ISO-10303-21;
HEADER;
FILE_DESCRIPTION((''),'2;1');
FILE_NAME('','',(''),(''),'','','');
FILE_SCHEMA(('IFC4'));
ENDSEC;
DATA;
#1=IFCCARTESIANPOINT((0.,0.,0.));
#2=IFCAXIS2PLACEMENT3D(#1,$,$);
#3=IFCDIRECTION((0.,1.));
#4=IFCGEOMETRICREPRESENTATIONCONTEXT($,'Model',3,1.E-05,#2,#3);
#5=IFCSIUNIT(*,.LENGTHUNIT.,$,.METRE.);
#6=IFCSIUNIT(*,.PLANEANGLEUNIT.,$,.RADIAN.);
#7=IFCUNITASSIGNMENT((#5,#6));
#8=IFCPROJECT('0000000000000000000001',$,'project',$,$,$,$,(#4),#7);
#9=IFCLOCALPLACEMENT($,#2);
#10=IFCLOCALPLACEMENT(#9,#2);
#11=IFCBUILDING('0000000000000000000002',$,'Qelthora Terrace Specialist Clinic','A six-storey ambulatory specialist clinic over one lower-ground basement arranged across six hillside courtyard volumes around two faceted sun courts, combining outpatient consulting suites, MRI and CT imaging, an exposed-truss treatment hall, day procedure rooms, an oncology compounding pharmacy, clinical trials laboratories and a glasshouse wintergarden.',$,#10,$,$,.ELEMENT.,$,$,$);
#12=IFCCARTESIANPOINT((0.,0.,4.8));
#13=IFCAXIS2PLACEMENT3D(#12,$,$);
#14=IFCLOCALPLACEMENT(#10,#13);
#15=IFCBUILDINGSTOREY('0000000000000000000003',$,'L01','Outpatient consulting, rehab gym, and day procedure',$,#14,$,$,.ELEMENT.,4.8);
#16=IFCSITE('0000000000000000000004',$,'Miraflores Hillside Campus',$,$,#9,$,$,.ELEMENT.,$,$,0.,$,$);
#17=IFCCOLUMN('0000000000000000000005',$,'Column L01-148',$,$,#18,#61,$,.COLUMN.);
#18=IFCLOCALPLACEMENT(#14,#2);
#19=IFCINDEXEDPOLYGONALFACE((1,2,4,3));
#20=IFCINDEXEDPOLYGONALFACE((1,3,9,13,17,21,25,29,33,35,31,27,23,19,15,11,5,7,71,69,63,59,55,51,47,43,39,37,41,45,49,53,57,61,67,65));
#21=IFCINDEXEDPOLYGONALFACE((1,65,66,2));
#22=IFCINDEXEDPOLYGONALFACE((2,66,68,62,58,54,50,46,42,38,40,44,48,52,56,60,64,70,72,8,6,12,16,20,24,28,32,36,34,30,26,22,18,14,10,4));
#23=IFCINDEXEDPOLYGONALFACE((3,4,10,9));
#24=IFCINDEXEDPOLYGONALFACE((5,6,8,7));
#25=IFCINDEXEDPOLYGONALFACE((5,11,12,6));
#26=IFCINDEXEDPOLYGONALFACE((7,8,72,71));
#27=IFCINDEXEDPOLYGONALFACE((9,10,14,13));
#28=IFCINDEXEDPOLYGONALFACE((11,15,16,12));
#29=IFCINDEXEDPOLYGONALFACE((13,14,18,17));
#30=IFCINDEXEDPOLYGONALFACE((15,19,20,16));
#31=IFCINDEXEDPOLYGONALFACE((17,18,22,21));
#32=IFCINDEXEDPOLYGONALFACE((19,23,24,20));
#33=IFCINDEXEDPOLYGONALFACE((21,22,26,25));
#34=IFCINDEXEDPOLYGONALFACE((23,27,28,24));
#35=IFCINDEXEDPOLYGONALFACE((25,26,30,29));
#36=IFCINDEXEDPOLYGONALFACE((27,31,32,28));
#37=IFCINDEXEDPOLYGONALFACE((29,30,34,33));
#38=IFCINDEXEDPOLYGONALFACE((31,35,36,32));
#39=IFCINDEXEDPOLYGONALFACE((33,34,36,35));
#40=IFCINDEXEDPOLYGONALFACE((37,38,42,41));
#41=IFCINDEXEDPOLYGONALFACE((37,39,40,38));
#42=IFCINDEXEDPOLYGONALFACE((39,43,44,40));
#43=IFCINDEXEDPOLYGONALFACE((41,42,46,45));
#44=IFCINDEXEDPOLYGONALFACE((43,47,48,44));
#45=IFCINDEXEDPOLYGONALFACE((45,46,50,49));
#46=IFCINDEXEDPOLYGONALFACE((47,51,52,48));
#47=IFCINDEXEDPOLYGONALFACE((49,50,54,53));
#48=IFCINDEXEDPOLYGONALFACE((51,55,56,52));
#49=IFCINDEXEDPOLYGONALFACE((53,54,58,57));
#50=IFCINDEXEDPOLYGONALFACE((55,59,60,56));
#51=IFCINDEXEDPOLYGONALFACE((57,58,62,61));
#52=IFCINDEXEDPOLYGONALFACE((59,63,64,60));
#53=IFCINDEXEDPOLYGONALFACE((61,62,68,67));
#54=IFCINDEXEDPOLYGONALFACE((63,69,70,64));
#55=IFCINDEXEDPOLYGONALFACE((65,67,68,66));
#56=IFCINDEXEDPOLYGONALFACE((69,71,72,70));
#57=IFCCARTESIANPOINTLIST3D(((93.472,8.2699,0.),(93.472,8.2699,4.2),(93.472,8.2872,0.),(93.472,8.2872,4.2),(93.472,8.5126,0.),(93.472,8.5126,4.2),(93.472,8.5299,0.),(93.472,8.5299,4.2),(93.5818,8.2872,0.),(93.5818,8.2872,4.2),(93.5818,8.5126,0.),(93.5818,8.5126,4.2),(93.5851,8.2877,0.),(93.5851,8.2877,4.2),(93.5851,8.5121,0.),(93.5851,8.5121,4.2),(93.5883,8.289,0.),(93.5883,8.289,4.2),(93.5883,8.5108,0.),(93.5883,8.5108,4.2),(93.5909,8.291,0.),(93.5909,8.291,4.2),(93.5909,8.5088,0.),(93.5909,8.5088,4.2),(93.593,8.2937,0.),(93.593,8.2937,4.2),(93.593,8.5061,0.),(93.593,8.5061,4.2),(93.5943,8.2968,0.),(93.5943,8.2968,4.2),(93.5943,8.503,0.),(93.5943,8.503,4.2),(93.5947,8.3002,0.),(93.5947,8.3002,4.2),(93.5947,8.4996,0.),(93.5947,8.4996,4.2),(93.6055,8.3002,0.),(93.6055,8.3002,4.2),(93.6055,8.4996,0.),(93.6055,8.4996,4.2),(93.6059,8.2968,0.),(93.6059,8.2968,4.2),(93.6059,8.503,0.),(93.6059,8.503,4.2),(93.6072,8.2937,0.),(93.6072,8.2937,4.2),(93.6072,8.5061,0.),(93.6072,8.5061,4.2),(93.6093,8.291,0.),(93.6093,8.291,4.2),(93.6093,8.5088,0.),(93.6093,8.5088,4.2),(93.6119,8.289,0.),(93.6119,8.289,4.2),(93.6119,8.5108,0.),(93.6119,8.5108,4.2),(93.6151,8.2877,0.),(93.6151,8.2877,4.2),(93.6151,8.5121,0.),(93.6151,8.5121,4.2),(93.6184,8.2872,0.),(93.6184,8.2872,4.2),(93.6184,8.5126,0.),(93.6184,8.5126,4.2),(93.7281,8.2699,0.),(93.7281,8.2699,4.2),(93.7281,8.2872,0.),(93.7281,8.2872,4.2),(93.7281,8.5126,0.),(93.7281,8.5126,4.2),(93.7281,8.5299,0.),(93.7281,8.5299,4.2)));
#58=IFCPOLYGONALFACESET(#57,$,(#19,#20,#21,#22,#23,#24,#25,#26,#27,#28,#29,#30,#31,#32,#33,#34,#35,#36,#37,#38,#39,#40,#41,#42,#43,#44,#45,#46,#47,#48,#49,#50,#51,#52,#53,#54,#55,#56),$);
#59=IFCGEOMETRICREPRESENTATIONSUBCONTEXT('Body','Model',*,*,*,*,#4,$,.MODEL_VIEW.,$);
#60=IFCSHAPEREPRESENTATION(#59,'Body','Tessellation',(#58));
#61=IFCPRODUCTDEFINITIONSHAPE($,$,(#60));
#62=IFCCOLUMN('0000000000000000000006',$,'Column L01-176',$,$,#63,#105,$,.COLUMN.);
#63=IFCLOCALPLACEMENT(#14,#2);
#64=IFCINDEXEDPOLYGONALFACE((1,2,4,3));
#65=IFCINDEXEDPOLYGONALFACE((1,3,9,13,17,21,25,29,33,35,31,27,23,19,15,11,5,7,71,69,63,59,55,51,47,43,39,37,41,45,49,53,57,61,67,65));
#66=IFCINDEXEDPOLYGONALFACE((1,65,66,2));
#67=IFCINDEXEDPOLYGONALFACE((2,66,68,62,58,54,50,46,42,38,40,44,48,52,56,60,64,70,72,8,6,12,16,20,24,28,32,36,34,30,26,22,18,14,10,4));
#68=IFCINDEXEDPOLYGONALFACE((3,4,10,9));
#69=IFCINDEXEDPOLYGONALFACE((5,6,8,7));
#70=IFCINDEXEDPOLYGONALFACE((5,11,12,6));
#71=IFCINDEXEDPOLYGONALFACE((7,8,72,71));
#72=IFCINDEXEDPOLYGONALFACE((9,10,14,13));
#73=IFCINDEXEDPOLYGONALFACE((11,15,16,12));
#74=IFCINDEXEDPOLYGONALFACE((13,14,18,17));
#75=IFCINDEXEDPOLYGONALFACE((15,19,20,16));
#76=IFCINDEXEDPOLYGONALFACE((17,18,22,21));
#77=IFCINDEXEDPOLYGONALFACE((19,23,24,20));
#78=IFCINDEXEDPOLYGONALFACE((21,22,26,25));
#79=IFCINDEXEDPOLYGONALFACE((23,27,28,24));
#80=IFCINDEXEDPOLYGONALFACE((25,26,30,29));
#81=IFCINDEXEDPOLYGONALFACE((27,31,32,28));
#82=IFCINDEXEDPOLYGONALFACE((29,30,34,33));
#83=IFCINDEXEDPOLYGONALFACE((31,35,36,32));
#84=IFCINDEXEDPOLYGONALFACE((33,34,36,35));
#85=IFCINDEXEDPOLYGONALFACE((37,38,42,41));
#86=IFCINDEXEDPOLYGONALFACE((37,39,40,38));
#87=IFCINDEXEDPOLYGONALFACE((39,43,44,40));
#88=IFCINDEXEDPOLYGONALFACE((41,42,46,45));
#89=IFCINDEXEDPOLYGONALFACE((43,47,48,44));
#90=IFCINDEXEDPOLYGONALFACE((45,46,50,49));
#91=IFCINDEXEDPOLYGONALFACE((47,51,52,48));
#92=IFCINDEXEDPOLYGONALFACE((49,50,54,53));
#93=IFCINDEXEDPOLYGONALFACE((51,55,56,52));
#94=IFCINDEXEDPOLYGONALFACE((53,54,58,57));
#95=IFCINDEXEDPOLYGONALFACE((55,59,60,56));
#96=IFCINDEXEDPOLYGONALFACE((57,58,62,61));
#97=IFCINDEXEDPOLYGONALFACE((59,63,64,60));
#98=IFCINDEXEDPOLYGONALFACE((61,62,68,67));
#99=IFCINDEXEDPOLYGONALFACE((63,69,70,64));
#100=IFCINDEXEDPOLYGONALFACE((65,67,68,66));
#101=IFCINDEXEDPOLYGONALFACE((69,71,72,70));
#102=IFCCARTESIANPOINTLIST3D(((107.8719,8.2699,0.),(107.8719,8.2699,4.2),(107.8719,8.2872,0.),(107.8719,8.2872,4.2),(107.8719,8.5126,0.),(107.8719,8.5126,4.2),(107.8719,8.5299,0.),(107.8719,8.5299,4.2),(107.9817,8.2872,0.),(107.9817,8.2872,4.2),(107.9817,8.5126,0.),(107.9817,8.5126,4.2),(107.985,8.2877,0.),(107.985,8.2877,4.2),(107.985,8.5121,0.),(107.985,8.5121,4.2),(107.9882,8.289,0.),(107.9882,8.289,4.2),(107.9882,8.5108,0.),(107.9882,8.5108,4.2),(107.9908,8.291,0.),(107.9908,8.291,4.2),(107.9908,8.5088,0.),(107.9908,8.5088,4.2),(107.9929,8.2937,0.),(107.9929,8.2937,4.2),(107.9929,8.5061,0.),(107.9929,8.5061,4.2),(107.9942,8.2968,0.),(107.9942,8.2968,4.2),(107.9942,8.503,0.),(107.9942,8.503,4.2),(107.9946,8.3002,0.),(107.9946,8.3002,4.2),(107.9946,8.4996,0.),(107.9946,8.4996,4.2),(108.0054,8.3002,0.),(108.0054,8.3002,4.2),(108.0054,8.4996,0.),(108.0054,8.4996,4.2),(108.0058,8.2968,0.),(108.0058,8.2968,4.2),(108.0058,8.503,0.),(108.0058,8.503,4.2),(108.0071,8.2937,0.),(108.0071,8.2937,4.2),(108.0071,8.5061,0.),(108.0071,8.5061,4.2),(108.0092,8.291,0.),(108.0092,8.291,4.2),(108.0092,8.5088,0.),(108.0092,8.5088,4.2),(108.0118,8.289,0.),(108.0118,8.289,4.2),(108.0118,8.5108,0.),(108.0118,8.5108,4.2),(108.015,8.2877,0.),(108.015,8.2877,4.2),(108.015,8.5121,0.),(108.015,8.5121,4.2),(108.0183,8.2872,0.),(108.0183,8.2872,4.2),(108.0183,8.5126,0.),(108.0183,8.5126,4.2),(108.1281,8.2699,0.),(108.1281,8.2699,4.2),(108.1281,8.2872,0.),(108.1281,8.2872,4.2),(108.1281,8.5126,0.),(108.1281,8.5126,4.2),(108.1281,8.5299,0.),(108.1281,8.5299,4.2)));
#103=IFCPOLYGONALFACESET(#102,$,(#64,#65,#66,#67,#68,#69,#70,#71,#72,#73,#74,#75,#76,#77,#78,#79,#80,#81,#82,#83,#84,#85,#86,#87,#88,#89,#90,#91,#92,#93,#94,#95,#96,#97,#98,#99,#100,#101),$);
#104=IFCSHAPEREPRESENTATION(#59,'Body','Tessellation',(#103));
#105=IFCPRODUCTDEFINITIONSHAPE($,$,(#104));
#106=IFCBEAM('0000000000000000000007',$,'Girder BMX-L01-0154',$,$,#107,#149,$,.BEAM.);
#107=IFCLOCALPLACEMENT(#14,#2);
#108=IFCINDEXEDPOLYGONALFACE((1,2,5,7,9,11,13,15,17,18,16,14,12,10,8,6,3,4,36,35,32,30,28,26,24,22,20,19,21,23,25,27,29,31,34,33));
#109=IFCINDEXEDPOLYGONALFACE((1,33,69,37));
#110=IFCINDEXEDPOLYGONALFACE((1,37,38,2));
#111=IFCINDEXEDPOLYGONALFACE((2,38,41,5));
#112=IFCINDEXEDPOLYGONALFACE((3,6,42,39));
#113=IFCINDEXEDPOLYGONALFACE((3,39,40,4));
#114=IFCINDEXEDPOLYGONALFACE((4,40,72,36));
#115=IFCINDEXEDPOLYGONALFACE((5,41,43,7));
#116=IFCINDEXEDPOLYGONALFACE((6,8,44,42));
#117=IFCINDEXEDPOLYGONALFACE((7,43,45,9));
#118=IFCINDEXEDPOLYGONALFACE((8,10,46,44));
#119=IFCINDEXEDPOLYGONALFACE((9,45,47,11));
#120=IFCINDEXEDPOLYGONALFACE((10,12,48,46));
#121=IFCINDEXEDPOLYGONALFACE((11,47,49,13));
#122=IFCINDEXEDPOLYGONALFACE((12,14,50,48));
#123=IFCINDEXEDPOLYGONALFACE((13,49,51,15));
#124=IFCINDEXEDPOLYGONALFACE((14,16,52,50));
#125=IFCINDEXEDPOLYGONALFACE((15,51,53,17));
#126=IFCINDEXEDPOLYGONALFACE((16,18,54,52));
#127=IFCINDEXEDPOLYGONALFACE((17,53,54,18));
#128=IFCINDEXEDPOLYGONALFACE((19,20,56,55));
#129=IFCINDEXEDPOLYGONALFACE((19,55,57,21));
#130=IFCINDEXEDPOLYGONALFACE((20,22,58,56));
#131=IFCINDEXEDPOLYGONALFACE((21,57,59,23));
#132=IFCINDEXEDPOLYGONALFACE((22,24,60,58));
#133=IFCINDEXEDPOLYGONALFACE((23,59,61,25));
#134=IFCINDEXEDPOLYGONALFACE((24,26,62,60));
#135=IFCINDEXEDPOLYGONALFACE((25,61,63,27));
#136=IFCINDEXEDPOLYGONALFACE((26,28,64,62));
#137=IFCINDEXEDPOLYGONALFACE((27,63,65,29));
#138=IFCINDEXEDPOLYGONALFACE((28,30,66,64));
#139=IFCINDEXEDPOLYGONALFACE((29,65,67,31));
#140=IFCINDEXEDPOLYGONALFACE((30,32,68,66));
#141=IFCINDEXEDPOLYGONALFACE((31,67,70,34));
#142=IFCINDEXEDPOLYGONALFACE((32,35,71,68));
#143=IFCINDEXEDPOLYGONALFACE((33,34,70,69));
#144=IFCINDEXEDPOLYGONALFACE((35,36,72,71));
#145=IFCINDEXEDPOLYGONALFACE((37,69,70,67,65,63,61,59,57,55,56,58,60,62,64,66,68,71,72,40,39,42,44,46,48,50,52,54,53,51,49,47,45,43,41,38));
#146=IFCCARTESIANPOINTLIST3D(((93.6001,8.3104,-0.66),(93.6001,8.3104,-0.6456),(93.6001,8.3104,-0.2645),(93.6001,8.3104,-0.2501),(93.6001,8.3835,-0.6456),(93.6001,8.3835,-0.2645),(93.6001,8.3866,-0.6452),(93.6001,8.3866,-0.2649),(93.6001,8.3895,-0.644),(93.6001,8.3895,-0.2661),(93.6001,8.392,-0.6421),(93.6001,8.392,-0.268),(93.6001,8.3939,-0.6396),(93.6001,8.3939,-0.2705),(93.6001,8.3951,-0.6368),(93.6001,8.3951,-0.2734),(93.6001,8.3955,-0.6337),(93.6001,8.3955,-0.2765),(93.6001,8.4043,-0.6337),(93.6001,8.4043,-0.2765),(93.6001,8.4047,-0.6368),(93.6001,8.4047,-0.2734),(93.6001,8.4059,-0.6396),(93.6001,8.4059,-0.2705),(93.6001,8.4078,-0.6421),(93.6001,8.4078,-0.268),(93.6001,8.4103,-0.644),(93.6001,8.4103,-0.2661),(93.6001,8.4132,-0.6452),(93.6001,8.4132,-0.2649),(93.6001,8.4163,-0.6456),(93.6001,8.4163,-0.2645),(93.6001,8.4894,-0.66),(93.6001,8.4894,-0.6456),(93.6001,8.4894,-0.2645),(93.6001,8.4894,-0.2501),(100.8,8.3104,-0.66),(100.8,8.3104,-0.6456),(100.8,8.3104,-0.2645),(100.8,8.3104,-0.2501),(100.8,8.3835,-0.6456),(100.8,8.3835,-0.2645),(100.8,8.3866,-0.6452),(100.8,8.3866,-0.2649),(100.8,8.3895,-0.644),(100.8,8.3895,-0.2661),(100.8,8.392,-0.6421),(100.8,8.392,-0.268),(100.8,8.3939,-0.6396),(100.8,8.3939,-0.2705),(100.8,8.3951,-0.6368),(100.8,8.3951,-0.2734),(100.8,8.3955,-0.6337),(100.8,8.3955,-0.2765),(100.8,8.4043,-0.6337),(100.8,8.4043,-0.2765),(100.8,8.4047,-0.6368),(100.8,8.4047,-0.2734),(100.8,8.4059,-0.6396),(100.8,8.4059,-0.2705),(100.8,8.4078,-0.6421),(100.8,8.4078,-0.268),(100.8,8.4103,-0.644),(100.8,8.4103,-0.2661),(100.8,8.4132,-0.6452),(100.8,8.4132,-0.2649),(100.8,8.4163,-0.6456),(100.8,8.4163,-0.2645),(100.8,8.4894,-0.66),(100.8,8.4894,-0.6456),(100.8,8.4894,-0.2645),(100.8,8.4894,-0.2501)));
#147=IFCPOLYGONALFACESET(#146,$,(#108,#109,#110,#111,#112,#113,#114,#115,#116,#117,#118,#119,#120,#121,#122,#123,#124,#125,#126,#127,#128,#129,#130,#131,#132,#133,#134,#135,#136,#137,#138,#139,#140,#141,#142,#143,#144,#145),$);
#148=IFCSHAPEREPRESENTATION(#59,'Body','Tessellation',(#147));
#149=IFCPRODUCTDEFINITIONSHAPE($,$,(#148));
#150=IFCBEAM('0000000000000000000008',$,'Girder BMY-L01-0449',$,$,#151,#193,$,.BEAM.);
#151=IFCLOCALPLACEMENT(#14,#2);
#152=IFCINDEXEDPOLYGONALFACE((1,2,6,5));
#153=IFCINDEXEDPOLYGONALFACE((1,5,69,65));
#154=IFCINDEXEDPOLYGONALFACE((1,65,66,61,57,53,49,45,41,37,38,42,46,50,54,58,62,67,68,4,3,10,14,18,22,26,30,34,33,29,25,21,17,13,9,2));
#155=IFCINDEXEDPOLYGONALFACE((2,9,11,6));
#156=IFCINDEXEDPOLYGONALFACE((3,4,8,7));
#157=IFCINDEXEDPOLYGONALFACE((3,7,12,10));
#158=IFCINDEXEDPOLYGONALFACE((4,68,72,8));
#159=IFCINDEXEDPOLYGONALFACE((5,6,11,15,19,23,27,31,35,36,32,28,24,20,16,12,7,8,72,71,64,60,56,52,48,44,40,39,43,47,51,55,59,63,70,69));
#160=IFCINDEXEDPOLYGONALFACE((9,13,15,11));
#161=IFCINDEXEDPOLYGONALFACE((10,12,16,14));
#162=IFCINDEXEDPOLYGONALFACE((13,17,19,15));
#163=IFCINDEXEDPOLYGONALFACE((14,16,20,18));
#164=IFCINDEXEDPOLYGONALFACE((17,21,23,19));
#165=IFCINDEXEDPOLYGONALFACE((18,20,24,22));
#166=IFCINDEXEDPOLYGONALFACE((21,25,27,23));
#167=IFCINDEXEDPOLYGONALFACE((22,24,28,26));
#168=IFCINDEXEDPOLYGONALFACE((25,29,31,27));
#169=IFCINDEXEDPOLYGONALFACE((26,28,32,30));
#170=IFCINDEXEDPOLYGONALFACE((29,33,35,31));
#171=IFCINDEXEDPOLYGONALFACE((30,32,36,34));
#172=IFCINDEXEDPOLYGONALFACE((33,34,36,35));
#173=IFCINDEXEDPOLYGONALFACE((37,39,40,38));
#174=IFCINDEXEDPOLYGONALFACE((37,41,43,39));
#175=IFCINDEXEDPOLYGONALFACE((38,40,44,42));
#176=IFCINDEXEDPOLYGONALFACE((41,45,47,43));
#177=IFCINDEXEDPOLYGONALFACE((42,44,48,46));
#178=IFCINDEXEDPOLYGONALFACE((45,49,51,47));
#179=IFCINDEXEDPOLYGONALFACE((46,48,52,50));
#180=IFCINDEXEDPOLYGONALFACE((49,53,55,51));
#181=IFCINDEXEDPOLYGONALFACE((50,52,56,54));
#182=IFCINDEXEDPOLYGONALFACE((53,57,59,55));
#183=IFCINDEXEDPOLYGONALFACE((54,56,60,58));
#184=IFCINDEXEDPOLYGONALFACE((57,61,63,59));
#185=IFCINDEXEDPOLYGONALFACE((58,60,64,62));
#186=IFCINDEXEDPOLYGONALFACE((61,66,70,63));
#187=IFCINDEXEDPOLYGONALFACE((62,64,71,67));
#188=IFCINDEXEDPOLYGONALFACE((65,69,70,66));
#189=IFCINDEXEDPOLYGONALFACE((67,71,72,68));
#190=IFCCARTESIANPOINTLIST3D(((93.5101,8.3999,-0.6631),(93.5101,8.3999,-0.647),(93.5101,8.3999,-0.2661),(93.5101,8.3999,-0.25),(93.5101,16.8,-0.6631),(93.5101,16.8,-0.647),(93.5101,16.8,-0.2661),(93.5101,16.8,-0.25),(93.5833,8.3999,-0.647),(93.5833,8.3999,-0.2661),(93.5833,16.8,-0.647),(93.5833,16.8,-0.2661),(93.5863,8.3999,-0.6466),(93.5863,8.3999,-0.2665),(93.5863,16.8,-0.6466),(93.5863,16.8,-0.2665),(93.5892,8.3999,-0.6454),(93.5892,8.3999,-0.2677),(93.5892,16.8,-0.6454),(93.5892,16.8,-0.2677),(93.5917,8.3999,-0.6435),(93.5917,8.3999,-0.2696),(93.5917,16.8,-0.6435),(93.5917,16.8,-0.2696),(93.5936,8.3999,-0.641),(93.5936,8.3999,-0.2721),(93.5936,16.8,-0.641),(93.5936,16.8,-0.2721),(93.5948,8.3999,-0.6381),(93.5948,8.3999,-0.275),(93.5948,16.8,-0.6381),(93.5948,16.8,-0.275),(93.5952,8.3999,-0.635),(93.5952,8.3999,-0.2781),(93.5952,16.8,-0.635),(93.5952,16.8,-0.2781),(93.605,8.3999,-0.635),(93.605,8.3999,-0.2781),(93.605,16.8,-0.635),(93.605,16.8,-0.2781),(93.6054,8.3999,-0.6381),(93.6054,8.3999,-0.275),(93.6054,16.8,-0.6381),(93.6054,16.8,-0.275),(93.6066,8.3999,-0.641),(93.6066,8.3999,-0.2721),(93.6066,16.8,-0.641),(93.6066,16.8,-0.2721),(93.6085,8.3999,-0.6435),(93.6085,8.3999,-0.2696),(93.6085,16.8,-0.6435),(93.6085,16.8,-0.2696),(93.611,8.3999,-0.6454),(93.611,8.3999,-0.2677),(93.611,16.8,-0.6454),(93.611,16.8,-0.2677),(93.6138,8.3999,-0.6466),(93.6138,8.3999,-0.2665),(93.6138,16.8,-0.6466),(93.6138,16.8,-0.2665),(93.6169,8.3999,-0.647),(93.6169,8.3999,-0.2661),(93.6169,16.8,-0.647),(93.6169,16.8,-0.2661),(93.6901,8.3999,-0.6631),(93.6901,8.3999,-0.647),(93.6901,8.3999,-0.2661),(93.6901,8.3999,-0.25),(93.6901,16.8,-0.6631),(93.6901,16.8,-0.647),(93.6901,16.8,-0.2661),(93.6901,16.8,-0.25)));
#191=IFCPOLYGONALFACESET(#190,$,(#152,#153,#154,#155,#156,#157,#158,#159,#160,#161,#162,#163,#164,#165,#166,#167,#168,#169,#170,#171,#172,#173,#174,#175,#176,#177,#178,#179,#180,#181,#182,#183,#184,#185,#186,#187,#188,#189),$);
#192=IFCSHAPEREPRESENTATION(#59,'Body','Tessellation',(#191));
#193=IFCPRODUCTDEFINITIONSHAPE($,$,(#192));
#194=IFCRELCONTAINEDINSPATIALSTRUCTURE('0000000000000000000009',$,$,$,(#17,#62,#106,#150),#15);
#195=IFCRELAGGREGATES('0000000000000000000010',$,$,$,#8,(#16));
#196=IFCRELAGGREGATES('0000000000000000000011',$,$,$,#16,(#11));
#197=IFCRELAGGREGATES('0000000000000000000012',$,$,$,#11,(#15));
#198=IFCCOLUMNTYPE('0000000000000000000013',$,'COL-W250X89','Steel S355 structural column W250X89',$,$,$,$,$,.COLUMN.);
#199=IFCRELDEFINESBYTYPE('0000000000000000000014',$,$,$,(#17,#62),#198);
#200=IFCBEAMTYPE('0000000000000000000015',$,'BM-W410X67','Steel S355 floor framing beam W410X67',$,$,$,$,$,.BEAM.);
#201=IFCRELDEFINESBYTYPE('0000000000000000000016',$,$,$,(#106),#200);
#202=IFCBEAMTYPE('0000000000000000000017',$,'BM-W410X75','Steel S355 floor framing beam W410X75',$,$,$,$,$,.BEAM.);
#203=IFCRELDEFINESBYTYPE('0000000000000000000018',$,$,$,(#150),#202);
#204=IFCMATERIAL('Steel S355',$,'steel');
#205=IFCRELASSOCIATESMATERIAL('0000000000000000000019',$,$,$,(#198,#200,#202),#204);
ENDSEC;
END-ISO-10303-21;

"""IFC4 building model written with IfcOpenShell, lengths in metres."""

from ifc_helpers import new_model, si_unit, direction, frame, origin, origin_2d, place, context, subcontext, project, spatial, i_section, extrude, material, material_profile, profile_set, type_object, element, save


model = new_model("IFC4")

# Units and contexts
model_context = context("Model", 3, precision=1e-05, world=origin(), true_north=direction((0.0, 1.0)))
body_context = subcontext(model_context, "Body", "Model", "MODEL_VIEW")
ifc_project = project(units=[si_unit("LENGTHUNIT", "METRE"), si_unit("PLANEANGLEUNIT", "RADIAN")], contexts=[model_context])

# Site, building, storey
site_placement = place(None, origin())
site = spatial("IfcSite", under=ifc_project, at=site_placement, Name="Miraflores Hillside Campus", CompositionType="ELEMENT", RefElevation=0.0)
building_placement = place(site_placement, origin())
building = spatial("IfcBuilding", under=site, at=building_placement, Name="Qelthora Terrace Specialist Clinic", Description="A six-storey ambulatory specialist clinic over one lower-ground basement arranged across six hillside courtyard volumes around two faceted sun courts, combining outpatient consulting suites, MRI and CT imaging, an exposed-truss treatment hall, day procedure rooms, an oncology compounding pharmacy, clinical trials laboratories and a glasshouse wintergarden.", CompositionType="ELEMENT")
storey_placement = place(building_placement, frame((0.0, 0.0, 4.8)))
storey = spatial("IfcBuildingStorey", under=building, at=storey_placement, Name="L01", Description="Outpatient consulting, rehab gym, and day procedure", CompositionType="ELEMENT", Elevation=4.8)

# Columns
ifc_material_1 = material(Name="Steel S355", Category="steel")
ifc_material_profile_1 = material_profile(ifc_material_1, i_section(OverallWidth=0.2561, OverallDepth=0.26, WebThickness=0.0107, FlangeThickness=0.0173, FilletRadius=0.0129, at=origin_2d()), Name="W250X89")
ifc_profile_set_1 = profile_set([ifc_material_profile_1], Name="Steel S355")
column_type = type_object("IfcColumnType", Name="COL-W250X89", Description="Steel S355 structural column W250X89", PredefinedType="COLUMN", material=ifc_profile_set_1)
for number, where, z_axis, x_axis, name in (
    (1, (93.6001, 8.3999, 0.0), (0.0, 0.0, 1.0), (1.0, 0.0, 0.0), "Column L01-148"),
    (2, (108.0, 8.3999, 0.0), (0.0, 0.0, 1.0), (1.0, 0.0, 0.0), "Column L01-176"),
):
    element("IfcColumn", number, at=place(storey_placement, frame(where, z_axis=z_axis, x_axis=x_axis)), inside=storey, type_object=column_type, Name=name, PredefinedType="COLUMN", context=body_context, shape_type="SweptSolid", body=[
        extrude(i_section(OverallWidth=0.2561, OverallDepth=0.26, WebThickness=0.0107, FlangeThickness=0.0173, FilletRadius=0.0129, at=origin_2d()), origin(), (0.0, 0.0, 1.0), 4.2),
    ])

# Beams
ifc_material_profile_2 = material_profile(ifc_material_1, i_section(OverallWidth=0.179, OverallDepth=0.4099, WebThickness=0.0088, FlangeThickness=0.0144, FilletRadius=0.012, at=origin_2d()), Name="W410X67")
ifc_profile_set_2 = profile_set([ifc_material_profile_2], Name="Steel S355")
beam_type_1 = type_object("IfcBeamType", Name="BM-W410X67", Description="Steel S355 floor framing beam W410X67", PredefinedType="BEAM", material=ifc_profile_set_2)
beam_1_placement = place(storey_placement, frame((93.6001, 8.3999, -0.4551), z_axis=(1.0, 0.0, 0.0), x_axis=(0.0, 1.0, 0.0)))
element("IfcBeam", 3, at=beam_1_placement, inside=storey, type_object=beam_type_1, Name="Girder BMX-L01-0154", PredefinedType="BEAM", context=body_context, shape_type="SweptSolid", body=[
    extrude(i_section(OverallWidth=0.179, OverallDepth=0.4099, WebThickness=0.0088, FlangeThickness=0.0144, FilletRadius=0.012, at=origin_2d()), origin(), (0.0, 0.0, 1.0), 7.2),
])
ifc_material_profile_3 = material_profile(ifc_material_1, i_section(OverallWidth=0.1799, OverallDepth=0.4131, WebThickness=0.0098, FlangeThickness=0.0161, FilletRadius=0.012, at=origin_2d()), Name="W410X75")
ifc_profile_set_3 = profile_set([ifc_material_profile_3], Name="Steel S355")
beam_type_2 = type_object("IfcBeamType", Name="BM-W410X75", Description="Steel S355 floor framing beam W410X75", PredefinedType="BEAM", material=ifc_profile_set_3)
beam_2_placement = place(storey_placement, frame((93.6001, 8.3999, -0.4565), z_axis=(0.0, 1.0, 0.0), x_axis=(-1.0, 0.0, 0.0)))
element("IfcBeam", 4, at=beam_2_placement, inside=storey, type_object=beam_type_2, Name="Girder BMY-L01-0449", PredefinedType="BEAM", context=body_context, shape_type="SweptSolid", body=[
    extrude(i_section(OverallWidth=0.1799, OverallDepth=0.4131, WebThickness=0.0098, FlangeThickness=0.0161, FilletRadius=0.012, at=origin_2d()), origin(), (0.0, 0.0, 1.0), 8.4001),
])

save(model, "model.ifc")
